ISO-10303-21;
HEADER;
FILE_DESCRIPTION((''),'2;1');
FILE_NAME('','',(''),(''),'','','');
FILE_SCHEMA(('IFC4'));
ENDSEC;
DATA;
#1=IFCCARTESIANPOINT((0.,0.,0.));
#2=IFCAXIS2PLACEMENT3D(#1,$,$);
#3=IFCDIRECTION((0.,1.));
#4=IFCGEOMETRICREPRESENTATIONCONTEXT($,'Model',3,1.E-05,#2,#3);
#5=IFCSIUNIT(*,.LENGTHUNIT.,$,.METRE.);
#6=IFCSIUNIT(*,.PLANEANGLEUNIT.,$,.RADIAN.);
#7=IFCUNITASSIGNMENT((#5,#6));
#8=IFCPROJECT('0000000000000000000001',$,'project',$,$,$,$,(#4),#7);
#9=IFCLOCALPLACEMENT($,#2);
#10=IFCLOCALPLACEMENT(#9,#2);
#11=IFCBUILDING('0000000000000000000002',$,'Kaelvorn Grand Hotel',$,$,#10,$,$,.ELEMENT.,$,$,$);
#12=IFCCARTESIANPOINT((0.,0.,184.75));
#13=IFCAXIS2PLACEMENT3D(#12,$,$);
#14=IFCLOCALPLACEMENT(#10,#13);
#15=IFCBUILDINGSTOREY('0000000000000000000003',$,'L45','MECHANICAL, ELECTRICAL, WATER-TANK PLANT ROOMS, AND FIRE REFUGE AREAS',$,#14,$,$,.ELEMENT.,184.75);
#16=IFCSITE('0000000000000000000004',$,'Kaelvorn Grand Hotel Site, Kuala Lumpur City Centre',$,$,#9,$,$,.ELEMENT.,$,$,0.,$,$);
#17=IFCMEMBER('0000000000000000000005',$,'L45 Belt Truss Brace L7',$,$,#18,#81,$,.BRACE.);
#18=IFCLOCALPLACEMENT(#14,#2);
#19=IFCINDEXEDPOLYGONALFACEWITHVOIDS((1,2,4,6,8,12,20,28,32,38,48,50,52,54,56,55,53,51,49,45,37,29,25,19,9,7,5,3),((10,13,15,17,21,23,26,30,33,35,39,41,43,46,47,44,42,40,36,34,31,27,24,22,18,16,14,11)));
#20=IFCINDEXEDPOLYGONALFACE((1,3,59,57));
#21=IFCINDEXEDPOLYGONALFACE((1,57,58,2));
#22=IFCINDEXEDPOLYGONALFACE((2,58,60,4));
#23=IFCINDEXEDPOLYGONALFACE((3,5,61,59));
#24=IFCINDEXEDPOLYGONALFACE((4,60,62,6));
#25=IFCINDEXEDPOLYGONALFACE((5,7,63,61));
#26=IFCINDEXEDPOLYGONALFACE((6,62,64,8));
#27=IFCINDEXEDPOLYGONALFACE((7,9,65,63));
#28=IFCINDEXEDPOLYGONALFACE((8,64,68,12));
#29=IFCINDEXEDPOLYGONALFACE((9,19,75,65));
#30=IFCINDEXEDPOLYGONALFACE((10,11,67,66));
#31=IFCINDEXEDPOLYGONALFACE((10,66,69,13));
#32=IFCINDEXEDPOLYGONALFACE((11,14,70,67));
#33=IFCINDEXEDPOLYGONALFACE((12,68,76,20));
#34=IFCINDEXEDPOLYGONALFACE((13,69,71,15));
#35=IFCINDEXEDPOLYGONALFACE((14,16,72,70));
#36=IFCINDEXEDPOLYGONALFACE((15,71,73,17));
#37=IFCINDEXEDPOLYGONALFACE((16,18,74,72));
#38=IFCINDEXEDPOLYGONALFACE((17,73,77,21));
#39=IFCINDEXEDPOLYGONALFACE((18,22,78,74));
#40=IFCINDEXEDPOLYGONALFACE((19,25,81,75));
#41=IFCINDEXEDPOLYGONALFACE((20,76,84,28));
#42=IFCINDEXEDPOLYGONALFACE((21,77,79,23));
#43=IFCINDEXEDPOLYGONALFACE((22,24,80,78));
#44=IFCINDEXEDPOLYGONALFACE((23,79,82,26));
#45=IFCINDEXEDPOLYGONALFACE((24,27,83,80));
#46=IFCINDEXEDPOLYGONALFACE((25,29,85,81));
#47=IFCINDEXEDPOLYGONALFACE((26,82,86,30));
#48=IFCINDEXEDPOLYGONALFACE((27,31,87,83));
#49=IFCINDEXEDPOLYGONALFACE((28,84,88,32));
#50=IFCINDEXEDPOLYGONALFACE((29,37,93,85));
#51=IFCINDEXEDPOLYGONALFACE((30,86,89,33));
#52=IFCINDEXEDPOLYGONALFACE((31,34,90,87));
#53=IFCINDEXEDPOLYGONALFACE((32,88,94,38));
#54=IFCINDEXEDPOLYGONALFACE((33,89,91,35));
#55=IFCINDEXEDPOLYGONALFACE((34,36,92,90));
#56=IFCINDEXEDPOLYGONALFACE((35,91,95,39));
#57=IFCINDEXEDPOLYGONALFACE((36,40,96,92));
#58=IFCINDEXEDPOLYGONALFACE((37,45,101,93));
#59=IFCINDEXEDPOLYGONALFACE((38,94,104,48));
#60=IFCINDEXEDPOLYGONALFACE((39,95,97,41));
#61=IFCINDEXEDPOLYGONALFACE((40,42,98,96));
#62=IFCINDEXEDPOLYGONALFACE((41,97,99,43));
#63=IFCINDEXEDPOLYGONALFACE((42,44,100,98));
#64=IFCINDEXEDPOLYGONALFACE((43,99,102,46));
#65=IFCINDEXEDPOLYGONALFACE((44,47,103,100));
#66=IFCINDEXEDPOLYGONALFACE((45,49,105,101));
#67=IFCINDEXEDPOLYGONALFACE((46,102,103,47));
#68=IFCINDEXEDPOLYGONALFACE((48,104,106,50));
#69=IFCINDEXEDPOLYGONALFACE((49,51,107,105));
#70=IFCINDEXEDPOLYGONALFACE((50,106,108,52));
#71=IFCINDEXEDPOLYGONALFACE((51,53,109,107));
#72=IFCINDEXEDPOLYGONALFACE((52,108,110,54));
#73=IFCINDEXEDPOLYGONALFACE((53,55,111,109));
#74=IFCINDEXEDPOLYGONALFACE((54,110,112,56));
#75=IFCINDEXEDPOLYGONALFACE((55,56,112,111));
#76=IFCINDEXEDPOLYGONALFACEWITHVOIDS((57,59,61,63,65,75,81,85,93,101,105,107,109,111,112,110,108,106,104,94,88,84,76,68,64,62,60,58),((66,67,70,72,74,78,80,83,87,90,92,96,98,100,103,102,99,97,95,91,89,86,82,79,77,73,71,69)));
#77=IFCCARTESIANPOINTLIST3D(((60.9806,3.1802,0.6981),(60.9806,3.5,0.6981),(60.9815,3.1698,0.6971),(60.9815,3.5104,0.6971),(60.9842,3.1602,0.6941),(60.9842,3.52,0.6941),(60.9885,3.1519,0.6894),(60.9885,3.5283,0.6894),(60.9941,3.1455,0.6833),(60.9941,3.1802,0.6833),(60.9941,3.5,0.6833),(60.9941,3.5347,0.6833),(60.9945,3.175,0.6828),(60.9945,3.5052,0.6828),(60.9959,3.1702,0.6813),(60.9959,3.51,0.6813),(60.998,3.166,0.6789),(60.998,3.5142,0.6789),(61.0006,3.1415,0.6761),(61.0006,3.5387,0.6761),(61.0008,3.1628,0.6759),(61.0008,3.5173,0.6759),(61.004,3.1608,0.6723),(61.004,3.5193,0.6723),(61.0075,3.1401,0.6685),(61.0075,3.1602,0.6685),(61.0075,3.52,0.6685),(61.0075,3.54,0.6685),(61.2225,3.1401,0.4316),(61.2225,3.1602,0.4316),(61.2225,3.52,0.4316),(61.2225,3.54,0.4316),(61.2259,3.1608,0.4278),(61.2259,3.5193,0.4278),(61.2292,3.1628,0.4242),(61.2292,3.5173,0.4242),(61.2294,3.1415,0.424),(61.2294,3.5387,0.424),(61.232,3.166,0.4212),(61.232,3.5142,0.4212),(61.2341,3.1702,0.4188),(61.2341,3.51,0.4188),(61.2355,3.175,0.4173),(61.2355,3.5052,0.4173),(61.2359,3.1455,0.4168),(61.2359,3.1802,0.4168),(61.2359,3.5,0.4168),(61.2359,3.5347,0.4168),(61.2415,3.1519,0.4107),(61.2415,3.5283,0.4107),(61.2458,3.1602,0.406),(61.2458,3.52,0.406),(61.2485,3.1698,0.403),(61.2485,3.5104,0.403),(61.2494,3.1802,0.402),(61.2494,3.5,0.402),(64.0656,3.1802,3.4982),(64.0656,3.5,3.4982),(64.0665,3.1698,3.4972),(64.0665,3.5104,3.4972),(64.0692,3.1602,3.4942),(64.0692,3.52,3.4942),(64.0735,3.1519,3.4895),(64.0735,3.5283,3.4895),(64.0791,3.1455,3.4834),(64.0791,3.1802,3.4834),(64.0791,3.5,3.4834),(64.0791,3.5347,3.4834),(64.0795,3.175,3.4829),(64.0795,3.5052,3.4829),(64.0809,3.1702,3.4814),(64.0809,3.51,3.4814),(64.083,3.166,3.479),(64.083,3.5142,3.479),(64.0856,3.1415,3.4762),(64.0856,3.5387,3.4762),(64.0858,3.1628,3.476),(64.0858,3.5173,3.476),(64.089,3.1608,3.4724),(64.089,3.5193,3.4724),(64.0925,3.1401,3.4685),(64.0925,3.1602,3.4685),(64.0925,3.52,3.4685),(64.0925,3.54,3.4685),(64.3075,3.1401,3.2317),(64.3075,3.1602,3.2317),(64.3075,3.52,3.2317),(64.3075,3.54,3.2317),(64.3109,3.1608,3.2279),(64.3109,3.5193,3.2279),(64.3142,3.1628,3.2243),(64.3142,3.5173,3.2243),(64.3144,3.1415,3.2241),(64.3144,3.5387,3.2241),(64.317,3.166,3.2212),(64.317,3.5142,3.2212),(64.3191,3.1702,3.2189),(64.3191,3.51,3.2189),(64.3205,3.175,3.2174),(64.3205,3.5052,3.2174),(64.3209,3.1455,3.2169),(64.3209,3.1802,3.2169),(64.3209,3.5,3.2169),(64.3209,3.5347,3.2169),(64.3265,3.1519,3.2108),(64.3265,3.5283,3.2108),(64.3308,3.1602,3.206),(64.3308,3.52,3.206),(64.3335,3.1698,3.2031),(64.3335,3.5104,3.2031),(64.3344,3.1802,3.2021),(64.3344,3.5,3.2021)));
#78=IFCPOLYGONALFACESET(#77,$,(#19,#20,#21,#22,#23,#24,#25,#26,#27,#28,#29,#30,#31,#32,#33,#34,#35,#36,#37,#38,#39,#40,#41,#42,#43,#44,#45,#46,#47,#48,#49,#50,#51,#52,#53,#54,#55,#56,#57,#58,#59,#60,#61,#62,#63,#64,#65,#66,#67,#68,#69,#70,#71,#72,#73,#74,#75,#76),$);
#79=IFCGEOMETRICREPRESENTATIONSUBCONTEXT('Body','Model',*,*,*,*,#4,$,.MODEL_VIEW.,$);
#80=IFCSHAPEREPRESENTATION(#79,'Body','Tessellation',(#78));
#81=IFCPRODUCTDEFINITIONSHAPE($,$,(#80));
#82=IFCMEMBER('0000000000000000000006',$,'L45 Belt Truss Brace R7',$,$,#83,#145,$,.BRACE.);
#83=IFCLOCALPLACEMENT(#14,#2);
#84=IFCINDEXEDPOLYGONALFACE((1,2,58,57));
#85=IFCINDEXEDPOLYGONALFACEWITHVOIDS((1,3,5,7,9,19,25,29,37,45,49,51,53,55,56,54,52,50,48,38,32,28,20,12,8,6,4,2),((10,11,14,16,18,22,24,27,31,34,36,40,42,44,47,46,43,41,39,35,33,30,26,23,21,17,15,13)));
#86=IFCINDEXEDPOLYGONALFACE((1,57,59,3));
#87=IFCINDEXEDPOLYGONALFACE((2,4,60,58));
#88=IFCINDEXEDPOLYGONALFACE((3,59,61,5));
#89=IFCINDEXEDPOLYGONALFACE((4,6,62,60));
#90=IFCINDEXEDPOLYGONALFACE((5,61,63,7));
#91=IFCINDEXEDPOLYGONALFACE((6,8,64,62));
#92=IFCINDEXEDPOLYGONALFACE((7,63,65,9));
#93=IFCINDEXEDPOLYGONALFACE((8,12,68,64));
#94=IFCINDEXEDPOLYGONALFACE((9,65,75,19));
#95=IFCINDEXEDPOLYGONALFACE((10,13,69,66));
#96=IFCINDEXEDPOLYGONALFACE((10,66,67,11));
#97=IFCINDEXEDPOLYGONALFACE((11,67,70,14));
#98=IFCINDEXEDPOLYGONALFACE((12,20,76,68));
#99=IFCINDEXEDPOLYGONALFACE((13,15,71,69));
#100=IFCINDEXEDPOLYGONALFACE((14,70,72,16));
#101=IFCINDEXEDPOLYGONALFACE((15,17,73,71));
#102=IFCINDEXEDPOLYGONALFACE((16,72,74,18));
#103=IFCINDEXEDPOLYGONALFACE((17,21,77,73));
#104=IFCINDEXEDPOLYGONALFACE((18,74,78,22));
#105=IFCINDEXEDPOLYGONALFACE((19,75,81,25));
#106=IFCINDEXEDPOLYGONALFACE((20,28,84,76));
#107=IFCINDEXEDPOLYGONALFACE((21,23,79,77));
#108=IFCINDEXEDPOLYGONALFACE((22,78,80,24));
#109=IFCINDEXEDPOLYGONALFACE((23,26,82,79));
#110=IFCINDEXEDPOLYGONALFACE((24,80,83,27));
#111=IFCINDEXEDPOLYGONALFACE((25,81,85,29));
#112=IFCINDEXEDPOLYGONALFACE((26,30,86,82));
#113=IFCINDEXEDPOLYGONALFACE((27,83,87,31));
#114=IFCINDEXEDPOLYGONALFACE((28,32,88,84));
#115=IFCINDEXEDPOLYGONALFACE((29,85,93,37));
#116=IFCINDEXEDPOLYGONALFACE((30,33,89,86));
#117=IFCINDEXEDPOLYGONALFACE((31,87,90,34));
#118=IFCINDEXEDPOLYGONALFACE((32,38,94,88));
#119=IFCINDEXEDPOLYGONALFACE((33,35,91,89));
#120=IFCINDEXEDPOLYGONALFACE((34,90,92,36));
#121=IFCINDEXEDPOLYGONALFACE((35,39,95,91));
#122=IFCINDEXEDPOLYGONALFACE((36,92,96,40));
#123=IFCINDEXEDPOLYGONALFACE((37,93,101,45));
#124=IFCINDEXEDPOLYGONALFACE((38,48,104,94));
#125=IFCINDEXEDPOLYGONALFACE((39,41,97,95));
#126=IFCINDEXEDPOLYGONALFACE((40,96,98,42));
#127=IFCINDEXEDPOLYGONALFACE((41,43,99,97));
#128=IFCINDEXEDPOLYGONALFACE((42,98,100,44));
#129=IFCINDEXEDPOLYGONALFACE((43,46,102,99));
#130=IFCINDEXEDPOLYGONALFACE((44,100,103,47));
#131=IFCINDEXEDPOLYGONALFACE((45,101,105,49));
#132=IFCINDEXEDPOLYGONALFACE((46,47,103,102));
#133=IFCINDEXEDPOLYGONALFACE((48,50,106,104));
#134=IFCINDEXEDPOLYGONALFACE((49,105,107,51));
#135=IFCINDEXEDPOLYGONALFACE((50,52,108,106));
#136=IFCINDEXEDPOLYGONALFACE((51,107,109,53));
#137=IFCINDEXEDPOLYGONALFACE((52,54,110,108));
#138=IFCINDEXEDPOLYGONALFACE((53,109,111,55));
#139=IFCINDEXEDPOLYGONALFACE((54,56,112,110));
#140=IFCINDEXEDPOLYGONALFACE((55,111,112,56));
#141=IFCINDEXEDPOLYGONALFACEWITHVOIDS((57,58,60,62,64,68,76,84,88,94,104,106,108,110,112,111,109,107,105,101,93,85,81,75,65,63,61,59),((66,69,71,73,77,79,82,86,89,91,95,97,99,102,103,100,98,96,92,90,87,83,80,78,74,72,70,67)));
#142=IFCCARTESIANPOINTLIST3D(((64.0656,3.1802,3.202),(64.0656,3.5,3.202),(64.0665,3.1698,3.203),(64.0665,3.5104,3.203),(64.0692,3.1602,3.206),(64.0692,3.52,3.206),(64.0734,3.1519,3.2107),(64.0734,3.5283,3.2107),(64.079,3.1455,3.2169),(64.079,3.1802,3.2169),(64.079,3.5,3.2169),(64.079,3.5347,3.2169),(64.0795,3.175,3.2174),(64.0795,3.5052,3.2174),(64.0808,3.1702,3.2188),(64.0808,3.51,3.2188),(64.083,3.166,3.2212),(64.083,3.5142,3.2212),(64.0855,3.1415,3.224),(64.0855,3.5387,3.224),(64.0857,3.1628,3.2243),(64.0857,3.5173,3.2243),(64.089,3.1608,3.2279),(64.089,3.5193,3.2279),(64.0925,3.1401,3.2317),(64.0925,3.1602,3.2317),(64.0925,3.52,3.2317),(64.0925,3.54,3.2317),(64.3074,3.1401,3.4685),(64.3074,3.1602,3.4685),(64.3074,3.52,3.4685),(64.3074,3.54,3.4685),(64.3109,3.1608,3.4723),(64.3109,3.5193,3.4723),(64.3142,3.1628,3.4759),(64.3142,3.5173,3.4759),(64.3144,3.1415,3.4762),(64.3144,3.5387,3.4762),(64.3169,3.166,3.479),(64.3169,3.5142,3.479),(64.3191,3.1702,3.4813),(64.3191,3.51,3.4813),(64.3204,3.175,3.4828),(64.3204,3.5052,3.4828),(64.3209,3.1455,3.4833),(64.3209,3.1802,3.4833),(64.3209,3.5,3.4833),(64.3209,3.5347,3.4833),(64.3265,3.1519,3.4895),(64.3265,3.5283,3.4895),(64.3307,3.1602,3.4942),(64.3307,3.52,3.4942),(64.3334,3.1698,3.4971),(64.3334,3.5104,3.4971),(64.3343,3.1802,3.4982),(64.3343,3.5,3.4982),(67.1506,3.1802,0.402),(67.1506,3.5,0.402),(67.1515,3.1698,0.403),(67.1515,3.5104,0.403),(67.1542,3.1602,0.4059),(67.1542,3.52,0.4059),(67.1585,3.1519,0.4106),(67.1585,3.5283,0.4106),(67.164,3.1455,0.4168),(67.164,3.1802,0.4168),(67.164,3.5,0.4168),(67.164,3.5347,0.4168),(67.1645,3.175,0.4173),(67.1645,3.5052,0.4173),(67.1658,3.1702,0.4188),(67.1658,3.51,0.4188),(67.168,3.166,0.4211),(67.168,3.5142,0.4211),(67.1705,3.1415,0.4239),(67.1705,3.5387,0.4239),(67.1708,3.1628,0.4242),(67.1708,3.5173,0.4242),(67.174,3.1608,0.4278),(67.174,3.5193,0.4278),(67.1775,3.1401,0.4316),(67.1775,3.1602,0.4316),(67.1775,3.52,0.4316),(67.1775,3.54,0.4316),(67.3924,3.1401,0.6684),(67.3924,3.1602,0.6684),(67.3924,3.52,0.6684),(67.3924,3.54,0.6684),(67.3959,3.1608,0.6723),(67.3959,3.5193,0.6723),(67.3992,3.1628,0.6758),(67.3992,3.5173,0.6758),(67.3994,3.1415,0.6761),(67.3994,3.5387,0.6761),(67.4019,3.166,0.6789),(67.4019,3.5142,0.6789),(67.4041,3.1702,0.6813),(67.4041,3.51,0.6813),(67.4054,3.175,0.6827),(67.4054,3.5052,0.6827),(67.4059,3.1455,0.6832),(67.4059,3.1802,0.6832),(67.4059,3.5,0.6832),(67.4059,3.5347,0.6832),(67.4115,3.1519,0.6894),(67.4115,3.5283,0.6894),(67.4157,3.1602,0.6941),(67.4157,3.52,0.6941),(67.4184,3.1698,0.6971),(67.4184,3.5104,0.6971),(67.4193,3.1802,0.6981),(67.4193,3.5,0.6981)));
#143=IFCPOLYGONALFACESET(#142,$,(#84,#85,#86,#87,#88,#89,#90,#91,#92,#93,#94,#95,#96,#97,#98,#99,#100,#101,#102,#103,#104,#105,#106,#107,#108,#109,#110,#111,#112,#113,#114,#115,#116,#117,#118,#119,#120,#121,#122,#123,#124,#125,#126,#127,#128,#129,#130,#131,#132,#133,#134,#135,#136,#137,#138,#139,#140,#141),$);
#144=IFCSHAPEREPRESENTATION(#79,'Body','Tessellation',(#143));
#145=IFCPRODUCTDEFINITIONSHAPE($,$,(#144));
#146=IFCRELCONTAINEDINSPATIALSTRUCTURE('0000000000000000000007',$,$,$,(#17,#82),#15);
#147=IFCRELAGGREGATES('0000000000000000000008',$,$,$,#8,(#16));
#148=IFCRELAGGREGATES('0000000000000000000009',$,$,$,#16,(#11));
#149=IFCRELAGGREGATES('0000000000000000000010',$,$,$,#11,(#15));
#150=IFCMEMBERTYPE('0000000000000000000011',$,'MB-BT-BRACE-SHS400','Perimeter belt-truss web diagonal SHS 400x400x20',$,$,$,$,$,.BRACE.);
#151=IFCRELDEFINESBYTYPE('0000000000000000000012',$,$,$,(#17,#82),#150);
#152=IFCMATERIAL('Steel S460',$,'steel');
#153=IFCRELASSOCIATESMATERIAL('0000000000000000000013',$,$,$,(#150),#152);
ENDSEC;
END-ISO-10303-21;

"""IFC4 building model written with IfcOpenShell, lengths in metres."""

from ifc_helpers import new_model, si_unit, direction, frame, origin, origin_2d, place, context, subcontext, project, spatial, hollow_rectangle, extrude, material, material_profile, profile_set, type_object, element, save


model = new_model("IFC4")

# Units and contexts
model_context = context("Model", 3, precision=1e-05, world=origin(), true_north=direction((0.0, 1.0)))
body_context = subcontext(model_context, "Body", "Model", "MODEL_VIEW")
ifc_project = project(units=[si_unit("LENGTHUNIT", "METRE"), si_unit("PLANEANGLEUNIT", "RADIAN")], contexts=[model_context])

# Site, building, storey
site_placement = place(None, origin())
site = spatial("IfcSite", under=ifc_project, at=site_placement, Name="Kaelvorn Grand Hotel Site, Kuala Lumpur City Centre", CompositionType="ELEMENT", RefElevation=0.0)
building_placement = place(site_placement, origin())
building = spatial("IfcBuilding", under=site, at=building_placement, Name="Kaelvorn Grand Hotel", CompositionType="ELEMENT")
storey_placement = place(building_placement, frame((0.0, 0.0, 184.75)))
storey = spatial("IfcBuildingStorey", under=building, at=storey_placement, Name="L45", Description="MECHANICAL, ELECTRICAL, WATER-TANK PLANT ROOMS, AND FIRE REFUGE AREAS", CompositionType="ELEMENT", Elevation=184.75)

# Members
ifc_material_1 = material(Name="Steel S460", Category="steel")
ifc_material_profile_1 = material_profile(ifc_material_1, hollow_rectangle(XDim=0.3999, YDim=0.3999, WallThickness=0.02, InnerFilletRadius=0.02, OuterFilletRadius=0.04, at=origin_2d()), Name="SHS 400x400x20.0")
ifc_profile_set_1 = profile_set([ifc_material_profile_1], Name="Steel S460")
member_type_1 = type_object("IfcMemberType", Name="MB-BT-BRACE-SHS400", Description="Perimeter belt-truss web diagonal SHS 400x400x20", PredefinedType="BRACE", material=ifc_profile_set_1)
for number, where, z_axis, x_axis, name in (
    (1, (61.115, 3.3401, 0.55), (0.740473, 0.0, 0.672086), (0.0, 1.0, 0.0), "L45 Belt Truss Brace L7"),
    (2, (64.2, 3.3401, 3.3501), (0.740473, 0.0, -0.672086), (0.0, 1.0, 0.0), "L45 Belt Truss Brace R7"),
):
    element("IfcMember", number, at=place(storey_placement, frame(where, z_axis=z_axis, x_axis=x_axis)), inside=storey, type_object=member_type_1, Name=name, PredefinedType="BRACE", context=body_context, shape_type="SweptSolid", body=[
        extrude(hollow_rectangle(XDim=0.3999, YDim=0.3999, WallThickness=0.02, InnerFilletRadius=0.02, OuterFilletRadius=0.04, at=origin_2d()), origin(), (0.0, 0.0, 1.0), 4.1663),
    ])

save(model, "model.ifc")
